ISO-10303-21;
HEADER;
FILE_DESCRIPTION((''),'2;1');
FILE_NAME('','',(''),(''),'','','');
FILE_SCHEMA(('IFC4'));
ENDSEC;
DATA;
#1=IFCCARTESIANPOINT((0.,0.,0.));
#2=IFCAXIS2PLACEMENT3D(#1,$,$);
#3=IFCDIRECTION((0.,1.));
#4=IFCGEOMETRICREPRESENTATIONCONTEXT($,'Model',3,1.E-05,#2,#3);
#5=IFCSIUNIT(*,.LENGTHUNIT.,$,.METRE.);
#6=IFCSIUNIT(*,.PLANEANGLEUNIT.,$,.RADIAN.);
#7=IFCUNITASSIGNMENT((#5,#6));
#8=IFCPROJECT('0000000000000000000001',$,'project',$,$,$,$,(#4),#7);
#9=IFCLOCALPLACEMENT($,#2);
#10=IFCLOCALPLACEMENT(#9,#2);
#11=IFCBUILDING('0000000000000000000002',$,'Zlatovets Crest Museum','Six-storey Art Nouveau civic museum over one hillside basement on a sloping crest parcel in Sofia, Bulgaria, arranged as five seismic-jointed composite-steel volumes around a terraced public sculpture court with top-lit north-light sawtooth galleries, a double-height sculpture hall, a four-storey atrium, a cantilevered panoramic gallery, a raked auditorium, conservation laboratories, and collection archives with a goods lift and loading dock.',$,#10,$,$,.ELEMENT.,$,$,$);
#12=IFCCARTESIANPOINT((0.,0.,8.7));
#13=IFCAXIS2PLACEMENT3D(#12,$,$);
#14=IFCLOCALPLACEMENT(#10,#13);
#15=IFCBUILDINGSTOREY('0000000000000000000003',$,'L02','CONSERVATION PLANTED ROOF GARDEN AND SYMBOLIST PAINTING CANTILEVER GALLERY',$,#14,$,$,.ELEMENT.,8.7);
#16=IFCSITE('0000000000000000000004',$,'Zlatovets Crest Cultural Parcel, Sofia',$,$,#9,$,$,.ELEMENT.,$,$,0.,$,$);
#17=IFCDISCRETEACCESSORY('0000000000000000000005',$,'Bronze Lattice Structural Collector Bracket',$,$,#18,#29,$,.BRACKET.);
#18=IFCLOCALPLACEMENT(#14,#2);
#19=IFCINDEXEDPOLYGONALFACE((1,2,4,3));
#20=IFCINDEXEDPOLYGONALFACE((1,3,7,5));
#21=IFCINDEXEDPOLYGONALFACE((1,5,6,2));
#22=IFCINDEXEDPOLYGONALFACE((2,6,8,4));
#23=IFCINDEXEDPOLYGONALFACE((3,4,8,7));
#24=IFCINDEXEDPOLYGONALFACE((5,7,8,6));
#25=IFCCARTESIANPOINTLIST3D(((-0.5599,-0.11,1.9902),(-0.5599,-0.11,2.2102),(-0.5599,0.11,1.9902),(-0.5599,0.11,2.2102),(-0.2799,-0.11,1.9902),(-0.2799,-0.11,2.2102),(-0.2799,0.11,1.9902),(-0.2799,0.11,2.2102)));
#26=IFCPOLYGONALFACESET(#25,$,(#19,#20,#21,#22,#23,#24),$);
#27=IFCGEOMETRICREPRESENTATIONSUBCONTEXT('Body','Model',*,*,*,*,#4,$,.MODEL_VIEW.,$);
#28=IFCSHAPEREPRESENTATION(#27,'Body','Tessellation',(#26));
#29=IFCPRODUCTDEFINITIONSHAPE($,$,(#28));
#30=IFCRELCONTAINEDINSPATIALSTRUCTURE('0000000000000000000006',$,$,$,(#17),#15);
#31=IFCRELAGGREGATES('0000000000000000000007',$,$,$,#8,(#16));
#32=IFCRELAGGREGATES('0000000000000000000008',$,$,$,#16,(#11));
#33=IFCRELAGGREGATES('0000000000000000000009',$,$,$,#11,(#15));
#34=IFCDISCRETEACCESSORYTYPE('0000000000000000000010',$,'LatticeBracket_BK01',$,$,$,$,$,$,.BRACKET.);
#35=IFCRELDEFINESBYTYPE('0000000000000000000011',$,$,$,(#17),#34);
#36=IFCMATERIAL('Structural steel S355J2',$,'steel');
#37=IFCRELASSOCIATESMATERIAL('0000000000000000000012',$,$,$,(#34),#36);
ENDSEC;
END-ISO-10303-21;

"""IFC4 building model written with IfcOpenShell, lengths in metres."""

from ifc_helpers import new_model, si_unit, direction, frame, origin, origin_2d, place, context, subcontext, project, spatial, rectangle, extrude, material, type_object, element, save


model = new_model("IFC4")

# Units and contexts
model_context = context("Model", 3, precision=1e-05, world=origin(), true_north=direction((0.0, 1.0)))
body_context = subcontext(model_context, "Body", "Model", "MODEL_VIEW")
ifc_project = project(units=[si_unit("LENGTHUNIT", "METRE"), si_unit("PLANEANGLEUNIT", "RADIAN")], contexts=[model_context])

# Site, building, storey
site_placement = place(None, origin())
site = spatial("IfcSite", under=ifc_project, at=site_placement, Name="Zlatovets Crest Cultural Parcel, Sofia", CompositionType="ELEMENT", RefElevation=0.0)
building_placement = place(site_placement, origin())
building = spatial("IfcBuilding", under=site, at=building_placement, Name="Zlatovets Crest Museum", Description="Six-storey Art Nouveau civic museum over one hillside basement on a sloping crest parcel in Sofia, Bulgaria, arranged as five seismic-jointed composite-steel volumes around a terraced public sculpture court with top-lit north-light sawtooth galleries, a double-height sculpture hall, a four-storey atrium, a cantilevered panoramic gallery, a raked auditorium, conservation laboratories, and collection archives with a goods lift and loading dock.", CompositionType="ELEMENT")
storey_placement = place(building_placement, frame((0.0, 0.0, 8.7)))
storey = spatial("IfcBuildingStorey", under=building, at=storey_placement, Name="L02", Description="CONSERVATION PLANTED ROOF GARDEN AND SYMBOLIST PAINTING CANTILEVER GALLERY", CompositionType="ELEMENT", Elevation=8.7)

# Shared definitions
ifc_material_1 = material(Name="Structural steel S355J2", Category="steel")

# Discrete accessory
discrete_accessory_type = type_object("IfcDiscreteAccessoryType", Name="LatticeBracket_BK01", PredefinedType="BRACKET", material=ifc_material_1)
for number, where, z_axis, x_axis, name in (
    (1, (-0.4199, 0.0, 1.9902), (0.0, 0.0, 1.0), (1.0, 0.0, 0.0), "Bronze Lattice Structural Collector Bracket"),
):
    element("IfcDiscreteAccessory", number, at=place(storey_placement, frame(where, z_axis=z_axis, x_axis=x_axis)), inside=storey, type_object=discrete_accessory_type, Name=name, PredefinedType="BRACKET", context=body_context, shape_type="SweptSolid", body=[
        extrude(rectangle(XDim=0.28, YDim=0.22, at=origin_2d()), origin(), (0.0, 0.0, 1.0), 0.22),
    ])

save(model, "model.ifc")
